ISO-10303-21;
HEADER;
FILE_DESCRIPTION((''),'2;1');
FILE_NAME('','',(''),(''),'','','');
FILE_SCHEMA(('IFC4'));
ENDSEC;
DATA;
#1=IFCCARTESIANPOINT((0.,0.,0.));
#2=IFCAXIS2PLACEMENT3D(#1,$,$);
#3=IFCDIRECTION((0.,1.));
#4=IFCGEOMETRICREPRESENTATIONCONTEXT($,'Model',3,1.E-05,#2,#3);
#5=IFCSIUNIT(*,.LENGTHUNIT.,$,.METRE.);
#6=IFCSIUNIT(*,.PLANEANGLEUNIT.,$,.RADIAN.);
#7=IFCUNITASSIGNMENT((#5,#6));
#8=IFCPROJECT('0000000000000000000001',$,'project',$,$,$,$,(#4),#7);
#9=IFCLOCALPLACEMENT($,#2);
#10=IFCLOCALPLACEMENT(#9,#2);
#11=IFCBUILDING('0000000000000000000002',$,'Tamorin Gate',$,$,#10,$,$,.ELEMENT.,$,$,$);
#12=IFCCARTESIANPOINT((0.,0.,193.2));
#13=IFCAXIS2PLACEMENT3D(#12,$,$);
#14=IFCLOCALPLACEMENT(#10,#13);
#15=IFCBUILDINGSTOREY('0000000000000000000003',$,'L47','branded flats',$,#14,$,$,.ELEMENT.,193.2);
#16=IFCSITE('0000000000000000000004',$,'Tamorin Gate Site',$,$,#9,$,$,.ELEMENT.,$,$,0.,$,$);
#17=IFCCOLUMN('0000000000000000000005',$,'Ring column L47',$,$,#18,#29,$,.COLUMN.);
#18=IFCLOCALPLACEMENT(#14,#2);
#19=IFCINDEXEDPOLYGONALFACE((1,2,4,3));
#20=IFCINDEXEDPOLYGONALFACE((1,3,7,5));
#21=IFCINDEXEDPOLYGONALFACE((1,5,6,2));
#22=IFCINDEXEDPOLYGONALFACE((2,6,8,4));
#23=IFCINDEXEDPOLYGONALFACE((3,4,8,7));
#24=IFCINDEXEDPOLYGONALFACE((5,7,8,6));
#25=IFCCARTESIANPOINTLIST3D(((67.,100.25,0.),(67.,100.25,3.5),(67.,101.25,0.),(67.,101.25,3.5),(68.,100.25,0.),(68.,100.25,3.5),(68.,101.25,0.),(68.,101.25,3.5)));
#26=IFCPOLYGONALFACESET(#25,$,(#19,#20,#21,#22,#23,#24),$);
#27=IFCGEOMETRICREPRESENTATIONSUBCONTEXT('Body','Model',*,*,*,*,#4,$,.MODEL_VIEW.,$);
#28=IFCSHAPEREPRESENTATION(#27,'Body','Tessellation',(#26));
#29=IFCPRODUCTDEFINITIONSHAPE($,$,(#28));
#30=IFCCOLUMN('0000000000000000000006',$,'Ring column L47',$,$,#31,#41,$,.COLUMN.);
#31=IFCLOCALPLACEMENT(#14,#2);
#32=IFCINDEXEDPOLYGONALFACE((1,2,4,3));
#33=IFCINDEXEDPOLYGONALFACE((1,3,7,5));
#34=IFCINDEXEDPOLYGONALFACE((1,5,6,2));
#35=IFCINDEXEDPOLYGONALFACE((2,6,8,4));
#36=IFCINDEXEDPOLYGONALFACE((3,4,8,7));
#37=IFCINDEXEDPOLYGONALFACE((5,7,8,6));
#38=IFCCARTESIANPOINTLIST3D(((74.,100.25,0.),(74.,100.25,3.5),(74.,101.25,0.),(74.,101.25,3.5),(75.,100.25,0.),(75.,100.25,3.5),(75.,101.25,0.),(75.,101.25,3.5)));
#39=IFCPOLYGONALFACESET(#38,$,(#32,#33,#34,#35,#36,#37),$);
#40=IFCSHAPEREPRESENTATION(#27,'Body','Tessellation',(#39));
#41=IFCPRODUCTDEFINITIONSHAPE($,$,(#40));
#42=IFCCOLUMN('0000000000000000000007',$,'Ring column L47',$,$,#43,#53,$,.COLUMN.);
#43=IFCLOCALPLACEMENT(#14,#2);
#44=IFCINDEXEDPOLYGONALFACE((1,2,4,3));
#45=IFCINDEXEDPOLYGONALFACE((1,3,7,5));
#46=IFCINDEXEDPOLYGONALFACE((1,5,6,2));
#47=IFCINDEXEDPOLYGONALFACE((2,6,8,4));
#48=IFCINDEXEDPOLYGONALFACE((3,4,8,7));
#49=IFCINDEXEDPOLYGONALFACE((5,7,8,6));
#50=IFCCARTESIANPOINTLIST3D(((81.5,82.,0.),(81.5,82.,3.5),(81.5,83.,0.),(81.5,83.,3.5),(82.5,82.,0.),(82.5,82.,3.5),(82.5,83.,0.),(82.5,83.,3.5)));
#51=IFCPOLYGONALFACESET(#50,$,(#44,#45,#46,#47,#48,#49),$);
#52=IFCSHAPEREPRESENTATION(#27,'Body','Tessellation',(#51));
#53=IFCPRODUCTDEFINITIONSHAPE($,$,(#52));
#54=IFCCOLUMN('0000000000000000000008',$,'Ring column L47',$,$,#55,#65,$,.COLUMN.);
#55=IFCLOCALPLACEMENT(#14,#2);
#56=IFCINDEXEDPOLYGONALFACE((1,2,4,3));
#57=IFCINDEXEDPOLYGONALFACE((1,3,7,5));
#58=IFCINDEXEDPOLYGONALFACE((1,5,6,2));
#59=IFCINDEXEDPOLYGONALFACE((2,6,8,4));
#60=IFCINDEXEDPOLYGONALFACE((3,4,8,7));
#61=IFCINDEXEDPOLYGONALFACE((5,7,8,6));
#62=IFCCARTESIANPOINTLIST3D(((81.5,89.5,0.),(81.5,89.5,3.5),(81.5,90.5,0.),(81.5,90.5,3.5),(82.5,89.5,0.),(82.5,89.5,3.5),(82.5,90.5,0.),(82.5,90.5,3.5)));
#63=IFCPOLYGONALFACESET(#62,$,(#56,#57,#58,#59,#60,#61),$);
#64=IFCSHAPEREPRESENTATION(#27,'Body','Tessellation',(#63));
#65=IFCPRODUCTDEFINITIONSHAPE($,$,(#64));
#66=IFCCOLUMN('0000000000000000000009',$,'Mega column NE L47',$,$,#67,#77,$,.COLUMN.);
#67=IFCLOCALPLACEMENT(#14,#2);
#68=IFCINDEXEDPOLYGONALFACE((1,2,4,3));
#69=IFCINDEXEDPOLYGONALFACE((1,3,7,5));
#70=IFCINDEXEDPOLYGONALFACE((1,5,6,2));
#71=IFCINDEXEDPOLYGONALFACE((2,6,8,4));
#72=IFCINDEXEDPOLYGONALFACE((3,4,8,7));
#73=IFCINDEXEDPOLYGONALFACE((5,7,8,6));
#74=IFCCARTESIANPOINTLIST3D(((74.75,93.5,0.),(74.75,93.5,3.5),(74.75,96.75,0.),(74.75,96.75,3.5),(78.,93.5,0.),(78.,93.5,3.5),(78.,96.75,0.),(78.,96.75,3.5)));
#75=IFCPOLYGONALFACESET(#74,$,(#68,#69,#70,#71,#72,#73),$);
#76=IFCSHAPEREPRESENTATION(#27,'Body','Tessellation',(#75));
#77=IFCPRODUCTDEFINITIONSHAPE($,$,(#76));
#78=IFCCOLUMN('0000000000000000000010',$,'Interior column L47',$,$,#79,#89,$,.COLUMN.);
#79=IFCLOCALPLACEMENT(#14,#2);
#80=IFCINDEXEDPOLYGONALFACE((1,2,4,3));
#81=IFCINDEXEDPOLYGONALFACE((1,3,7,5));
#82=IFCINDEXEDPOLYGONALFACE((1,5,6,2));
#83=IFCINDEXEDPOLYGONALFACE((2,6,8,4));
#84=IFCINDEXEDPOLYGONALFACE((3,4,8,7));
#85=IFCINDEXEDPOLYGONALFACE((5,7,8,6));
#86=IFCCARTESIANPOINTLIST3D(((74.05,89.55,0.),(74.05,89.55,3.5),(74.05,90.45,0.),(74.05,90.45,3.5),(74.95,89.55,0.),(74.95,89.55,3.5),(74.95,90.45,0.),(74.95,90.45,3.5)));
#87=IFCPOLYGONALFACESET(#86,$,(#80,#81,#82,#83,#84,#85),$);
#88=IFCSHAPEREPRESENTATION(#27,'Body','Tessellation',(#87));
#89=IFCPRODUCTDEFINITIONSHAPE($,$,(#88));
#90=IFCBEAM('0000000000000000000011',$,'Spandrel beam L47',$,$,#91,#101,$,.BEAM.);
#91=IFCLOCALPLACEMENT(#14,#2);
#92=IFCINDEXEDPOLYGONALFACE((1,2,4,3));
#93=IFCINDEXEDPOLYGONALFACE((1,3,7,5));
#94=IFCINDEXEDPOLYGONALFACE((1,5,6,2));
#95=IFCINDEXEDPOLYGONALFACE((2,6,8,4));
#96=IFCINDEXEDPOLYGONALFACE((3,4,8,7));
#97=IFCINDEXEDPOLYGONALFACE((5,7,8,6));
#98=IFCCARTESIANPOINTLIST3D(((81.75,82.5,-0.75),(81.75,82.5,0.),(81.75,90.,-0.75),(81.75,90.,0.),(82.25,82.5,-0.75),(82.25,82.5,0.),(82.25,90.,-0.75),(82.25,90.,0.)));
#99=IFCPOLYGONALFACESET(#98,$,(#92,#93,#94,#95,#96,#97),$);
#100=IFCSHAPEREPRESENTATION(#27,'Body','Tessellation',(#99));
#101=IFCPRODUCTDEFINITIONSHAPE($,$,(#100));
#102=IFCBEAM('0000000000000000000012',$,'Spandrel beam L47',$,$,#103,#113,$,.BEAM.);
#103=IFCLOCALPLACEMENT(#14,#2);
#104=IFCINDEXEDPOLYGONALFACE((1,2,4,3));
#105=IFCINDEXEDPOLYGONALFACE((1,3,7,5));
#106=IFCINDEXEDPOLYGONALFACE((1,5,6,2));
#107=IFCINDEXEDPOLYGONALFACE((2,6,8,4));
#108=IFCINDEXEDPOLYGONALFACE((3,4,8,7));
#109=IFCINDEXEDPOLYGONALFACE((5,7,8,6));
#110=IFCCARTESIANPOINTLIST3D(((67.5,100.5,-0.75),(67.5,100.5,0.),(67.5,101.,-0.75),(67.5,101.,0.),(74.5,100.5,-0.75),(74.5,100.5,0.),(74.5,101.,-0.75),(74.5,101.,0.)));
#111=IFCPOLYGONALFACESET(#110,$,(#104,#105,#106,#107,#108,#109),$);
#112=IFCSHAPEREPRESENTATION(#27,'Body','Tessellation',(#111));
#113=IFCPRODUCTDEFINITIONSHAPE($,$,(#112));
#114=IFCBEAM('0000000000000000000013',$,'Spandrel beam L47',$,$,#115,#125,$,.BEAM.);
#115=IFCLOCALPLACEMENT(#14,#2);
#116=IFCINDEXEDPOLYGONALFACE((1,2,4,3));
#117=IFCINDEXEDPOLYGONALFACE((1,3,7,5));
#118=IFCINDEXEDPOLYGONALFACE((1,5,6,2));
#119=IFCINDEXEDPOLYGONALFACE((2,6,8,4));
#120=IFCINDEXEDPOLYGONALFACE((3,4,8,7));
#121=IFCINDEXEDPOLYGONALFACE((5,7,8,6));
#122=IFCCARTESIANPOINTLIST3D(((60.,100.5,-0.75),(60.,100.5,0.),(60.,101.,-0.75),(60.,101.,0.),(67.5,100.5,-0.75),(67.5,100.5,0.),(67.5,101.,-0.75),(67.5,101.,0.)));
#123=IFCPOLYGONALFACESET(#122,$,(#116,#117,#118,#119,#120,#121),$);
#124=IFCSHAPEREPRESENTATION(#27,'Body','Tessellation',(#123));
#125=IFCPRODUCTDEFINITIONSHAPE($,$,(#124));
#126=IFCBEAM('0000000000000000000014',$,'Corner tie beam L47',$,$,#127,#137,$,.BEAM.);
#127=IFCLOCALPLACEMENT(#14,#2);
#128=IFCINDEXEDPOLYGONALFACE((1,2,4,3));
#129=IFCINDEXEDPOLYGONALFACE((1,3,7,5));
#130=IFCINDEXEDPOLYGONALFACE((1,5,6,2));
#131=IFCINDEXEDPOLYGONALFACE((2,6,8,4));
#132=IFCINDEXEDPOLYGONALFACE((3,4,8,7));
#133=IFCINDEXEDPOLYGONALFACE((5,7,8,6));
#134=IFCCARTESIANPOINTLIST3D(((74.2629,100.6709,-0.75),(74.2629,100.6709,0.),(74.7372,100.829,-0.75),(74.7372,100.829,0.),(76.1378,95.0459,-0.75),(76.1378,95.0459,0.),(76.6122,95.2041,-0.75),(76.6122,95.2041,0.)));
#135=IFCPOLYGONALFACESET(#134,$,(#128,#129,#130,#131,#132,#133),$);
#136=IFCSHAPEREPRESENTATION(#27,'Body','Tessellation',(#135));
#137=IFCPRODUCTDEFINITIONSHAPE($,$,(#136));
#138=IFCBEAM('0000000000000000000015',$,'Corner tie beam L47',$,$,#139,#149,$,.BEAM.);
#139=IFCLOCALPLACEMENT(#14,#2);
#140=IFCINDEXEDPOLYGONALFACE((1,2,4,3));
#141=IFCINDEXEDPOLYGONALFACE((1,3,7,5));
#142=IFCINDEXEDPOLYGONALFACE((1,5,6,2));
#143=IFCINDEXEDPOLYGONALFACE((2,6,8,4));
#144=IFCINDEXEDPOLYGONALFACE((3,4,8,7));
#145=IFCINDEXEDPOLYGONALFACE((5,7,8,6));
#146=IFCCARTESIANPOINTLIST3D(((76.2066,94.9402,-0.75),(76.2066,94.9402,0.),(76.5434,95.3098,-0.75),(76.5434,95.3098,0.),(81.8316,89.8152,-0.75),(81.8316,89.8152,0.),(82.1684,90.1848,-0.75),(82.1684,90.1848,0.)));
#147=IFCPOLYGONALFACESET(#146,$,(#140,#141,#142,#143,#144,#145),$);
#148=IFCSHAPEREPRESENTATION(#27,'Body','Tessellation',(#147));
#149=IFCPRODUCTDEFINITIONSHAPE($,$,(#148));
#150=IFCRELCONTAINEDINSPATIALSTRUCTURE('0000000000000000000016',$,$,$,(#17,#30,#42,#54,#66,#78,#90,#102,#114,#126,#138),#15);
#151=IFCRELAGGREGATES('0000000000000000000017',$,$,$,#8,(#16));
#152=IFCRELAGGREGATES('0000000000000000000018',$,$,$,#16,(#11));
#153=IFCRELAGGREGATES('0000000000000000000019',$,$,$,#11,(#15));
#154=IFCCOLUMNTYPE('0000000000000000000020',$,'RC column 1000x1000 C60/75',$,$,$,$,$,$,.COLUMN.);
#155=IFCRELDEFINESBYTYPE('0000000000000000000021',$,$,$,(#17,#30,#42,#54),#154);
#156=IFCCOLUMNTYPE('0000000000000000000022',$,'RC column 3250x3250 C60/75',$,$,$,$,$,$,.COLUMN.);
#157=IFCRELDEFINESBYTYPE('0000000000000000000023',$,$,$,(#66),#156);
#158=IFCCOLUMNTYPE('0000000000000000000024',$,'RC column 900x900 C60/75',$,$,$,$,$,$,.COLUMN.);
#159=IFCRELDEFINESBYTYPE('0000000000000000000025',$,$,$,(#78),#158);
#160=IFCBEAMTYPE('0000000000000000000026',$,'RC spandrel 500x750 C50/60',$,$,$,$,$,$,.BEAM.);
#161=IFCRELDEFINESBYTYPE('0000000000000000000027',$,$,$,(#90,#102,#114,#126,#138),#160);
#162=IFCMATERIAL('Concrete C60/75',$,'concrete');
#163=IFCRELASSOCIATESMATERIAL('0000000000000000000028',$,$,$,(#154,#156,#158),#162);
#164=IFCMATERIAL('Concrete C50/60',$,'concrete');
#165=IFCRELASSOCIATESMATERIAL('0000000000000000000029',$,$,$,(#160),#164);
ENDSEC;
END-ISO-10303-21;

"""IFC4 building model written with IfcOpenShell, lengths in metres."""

from ifc_helpers import new_model, si_unit, direction, frame, origin, origin_2d, place, context, subcontext, project, spatial, rectangle, extrude, material, material_profile, profile_set, type_object, element, save


model = new_model("IFC4")

# Units and contexts
model_context = context("Model", 3, precision=1e-05, world=origin(), true_north=direction((0.0, 1.0)))
body_context = subcontext(model_context, "Body", "Model", "MODEL_VIEW")
ifc_project = project(units=[si_unit("LENGTHUNIT", "METRE"), si_unit("PLANEANGLEUNIT", "RADIAN")], contexts=[model_context])

# Site, building, storey
site_placement = place(None, origin())
site = spatial("IfcSite", under=ifc_project, at=site_placement, Name="Tamorin Gate Site", CompositionType="ELEMENT", RefElevation=0.0)
building_placement = place(site_placement, origin())
building = spatial("IfcBuilding", under=site, at=building_placement, Name="Tamorin Gate", CompositionType="ELEMENT")
storey_placement = place(building_placement, frame((0.0, 0.0, 193.2)))
storey = spatial("IfcBuildingStorey", under=building, at=storey_placement, Name="L47", Description="branded flats", CompositionType="ELEMENT", Elevation=193.2)

# Columns
ifc_material_1 = material(Name="Concrete C60/75", Category="concrete")
ifc_material_profile_1 = material_profile(ifc_material_1, rectangle(XDim=1.0, YDim=1.0, at=origin_2d()), Name="RC 1000x1000")
ifc_profile_set_1 = profile_set([ifc_material_profile_1], Name="Concrete C60/75")
column_type_1 = type_object("IfcColumnType", Name="RC column 1000x1000 C60/75", PredefinedType="COLUMN", material=ifc_profile_set_1)
for number, where, z_axis, x_axis, name in (
    (1, (67.5, 100.75, 0.0), (0.0, 0.0, 1.0), (1.0, 0.0, 0.0), "Ring column L47"),
    (2, (74.5, 100.75, 0.0), (0.0, 0.0, 1.0), (1.0, 0.0, 0.0), "Ring column L47"),
    (3, (82.0, 82.5, 0.0), (0.0, 0.0, 1.0), (1.0, 0.0, 0.0), "Ring column L47"),
    (4, (82.0, 90.0, 0.0), (0.0, 0.0, 1.0), (1.0, 0.0, 0.0), "Ring column L47"),
):
    element("IfcColumn", number, at=place(storey_placement, frame(where, z_axis=z_axis, x_axis=x_axis)), inside=storey, type_object=column_type_1, Name=name, PredefinedType="COLUMN", context=body_context, shape_type="SweptSolid", body=[
        extrude(rectangle(XDim=1.0, YDim=1.0, at=origin_2d()), origin(), (0.0, 0.0, 1.0), 3.5),
    ])
ifc_material_profile_2 = material_profile(ifc_material_1, rectangle(XDim=3.25, YDim=3.25, at=origin_2d()), Name="RC 3250x3250")
ifc_profile_set_2 = profile_set([ifc_material_profile_2], Name="Concrete C60/75")
column_type_2 = type_object("IfcColumnType", Name="RC column 3250x3250 C60/75", PredefinedType="COLUMN", material=ifc_profile_set_2)
column_1_placement = place(storey_placement, frame((76.375, 95.125, 0.0), z_axis=(0.0, 0.0, 1.0), x_axis=(1.0, 0.0, 0.0)))
element("IfcColumn", 5, at=column_1_placement, inside=storey, type_object=column_type_2, Name="Mega column NE L47", PredefinedType="COLUMN", context=body_context, shape_type="SweptSolid", body=[
    extrude(rectangle(XDim=3.25, YDim=3.25, at=origin_2d()), origin(), (0.0, 0.0, 1.0), 3.5),
])
ifc_material_profile_3 = material_profile(ifc_material_1, rectangle(XDim=0.8999, YDim=0.8999, at=origin_2d()), Name="RC 900x900")
ifc_profile_set_3 = profile_set([ifc_material_profile_3], Name="Concrete C60/75")
column_type_3 = type_object("IfcColumnType", Name="RC column 900x900 C60/75", PredefinedType="COLUMN", material=ifc_profile_set_3)
column_2_placement = place(storey_placement, frame((74.5, 90.0, 0.0), z_axis=(0.0, 0.0, 1.0), x_axis=(1.0, 0.0, 0.0)))
element("IfcColumn", 6, at=column_2_placement, inside=storey, type_object=column_type_3, Name="Interior column L47", PredefinedType="COLUMN", context=body_context, shape_type="SweptSolid", body=[
    extrude(rectangle(XDim=0.8999, YDim=0.8999, at=origin_2d()), origin(), (0.0, 0.0, 1.0), 3.5),
])

# Beams
ifc_material_2 = material(Name="Concrete C50/60", Category="concrete")
ifc_material_profile_4 = material_profile(ifc_material_2, rectangle(XDim=0.5, YDim=0.75, at=origin_2d()), Name="RC 500x750")
ifc_profile_set_4 = profile_set([ifc_material_profile_4], Name="Concrete C50/60")
beam_type = type_object("IfcBeamType", Name="RC spandrel 500x750 C50/60", PredefinedType="BEAM", material=ifc_profile_set_4)
beam_1_placement = place(storey_placement, frame((82.0, 82.5, -0.375), z_axis=(0.0, 1.0, 0.0), x_axis=(-1.0, 0.0, 0.0)))
element("IfcBeam", 7, at=beam_1_placement, inside=storey, type_object=beam_type, Name="Spandrel beam L47", PredefinedType="BEAM", context=body_context, shape_type="SweptSolid", body=[
    extrude(rectangle(XDim=0.5, YDim=0.75, at=origin_2d()), origin(), (0.0, 0.0, 1.0), 7.5),
])
beam_2_placement = place(storey_placement, frame((74.5, 100.75, -0.375), z_axis=(-1.0, 0.0, 0.0), x_axis=(0.0, -1.0, 0.0)))
element("IfcBeam", 8, at=beam_2_placement, inside=storey, type_object=beam_type, Name="Spandrel beam L47", PredefinedType="BEAM", context=body_context, shape_type="SweptSolid", body=[
    extrude(rectangle(XDim=0.5, YDim=0.75, at=origin_2d()), origin(), (0.0, 0.0, 1.0), 7.0),
])
beam_3_placement = place(storey_placement, frame((67.5, 100.75, -0.375), z_axis=(-1.0, 0.0, 0.0), x_axis=(0.0, -1.0, 0.0)))
element("IfcBeam", 9, at=beam_3_placement, inside=storey, type_object=beam_type, Name="Spandrel beam L47", PredefinedType="BEAM", context=body_context, shape_type="SweptSolid", body=[
    extrude(rectangle(XDim=0.5, YDim=0.75, at=origin_2d()), origin(), (0.0, 0.0, 1.0), 7.5),
])
beam_4_placement = place(storey_placement, frame((76.375, 95.125, -0.375), z_axis=(-0.316228, 0.948683, 0.0), x_axis=(-0.948683, -0.316228, 0.0)))
element("IfcBeam", 10, at=beam_4_placement, inside=storey, type_object=beam_type, Name="Corner tie beam L47", PredefinedType="BEAM", context=body_context, shape_type="SweptSolid", body=[
    extrude(rectangle(XDim=0.5, YDim=0.75, at=origin_2d()), origin(), (0.0, 0.0, 1.0), 5.9292),
])
beam_5_placement = place(storey_placement, frame((76.375, 95.125, -0.375), z_axis=(0.739196, -0.67349, 0.0), x_axis=(0.67349, 0.739196, 0.0)))
element("IfcBeam", 11, at=beam_5_placement, inside=storey, type_object=beam_type, Name="Corner tie beam L47", PredefinedType="BEAM", context=body_context, shape_type="SweptSolid", body=[
    extrude(rectangle(XDim=0.5, YDim=0.75, at=origin_2d()), origin(), (0.0, 0.0, 1.0), 7.6096),
])

save(model, "model.ifc")
